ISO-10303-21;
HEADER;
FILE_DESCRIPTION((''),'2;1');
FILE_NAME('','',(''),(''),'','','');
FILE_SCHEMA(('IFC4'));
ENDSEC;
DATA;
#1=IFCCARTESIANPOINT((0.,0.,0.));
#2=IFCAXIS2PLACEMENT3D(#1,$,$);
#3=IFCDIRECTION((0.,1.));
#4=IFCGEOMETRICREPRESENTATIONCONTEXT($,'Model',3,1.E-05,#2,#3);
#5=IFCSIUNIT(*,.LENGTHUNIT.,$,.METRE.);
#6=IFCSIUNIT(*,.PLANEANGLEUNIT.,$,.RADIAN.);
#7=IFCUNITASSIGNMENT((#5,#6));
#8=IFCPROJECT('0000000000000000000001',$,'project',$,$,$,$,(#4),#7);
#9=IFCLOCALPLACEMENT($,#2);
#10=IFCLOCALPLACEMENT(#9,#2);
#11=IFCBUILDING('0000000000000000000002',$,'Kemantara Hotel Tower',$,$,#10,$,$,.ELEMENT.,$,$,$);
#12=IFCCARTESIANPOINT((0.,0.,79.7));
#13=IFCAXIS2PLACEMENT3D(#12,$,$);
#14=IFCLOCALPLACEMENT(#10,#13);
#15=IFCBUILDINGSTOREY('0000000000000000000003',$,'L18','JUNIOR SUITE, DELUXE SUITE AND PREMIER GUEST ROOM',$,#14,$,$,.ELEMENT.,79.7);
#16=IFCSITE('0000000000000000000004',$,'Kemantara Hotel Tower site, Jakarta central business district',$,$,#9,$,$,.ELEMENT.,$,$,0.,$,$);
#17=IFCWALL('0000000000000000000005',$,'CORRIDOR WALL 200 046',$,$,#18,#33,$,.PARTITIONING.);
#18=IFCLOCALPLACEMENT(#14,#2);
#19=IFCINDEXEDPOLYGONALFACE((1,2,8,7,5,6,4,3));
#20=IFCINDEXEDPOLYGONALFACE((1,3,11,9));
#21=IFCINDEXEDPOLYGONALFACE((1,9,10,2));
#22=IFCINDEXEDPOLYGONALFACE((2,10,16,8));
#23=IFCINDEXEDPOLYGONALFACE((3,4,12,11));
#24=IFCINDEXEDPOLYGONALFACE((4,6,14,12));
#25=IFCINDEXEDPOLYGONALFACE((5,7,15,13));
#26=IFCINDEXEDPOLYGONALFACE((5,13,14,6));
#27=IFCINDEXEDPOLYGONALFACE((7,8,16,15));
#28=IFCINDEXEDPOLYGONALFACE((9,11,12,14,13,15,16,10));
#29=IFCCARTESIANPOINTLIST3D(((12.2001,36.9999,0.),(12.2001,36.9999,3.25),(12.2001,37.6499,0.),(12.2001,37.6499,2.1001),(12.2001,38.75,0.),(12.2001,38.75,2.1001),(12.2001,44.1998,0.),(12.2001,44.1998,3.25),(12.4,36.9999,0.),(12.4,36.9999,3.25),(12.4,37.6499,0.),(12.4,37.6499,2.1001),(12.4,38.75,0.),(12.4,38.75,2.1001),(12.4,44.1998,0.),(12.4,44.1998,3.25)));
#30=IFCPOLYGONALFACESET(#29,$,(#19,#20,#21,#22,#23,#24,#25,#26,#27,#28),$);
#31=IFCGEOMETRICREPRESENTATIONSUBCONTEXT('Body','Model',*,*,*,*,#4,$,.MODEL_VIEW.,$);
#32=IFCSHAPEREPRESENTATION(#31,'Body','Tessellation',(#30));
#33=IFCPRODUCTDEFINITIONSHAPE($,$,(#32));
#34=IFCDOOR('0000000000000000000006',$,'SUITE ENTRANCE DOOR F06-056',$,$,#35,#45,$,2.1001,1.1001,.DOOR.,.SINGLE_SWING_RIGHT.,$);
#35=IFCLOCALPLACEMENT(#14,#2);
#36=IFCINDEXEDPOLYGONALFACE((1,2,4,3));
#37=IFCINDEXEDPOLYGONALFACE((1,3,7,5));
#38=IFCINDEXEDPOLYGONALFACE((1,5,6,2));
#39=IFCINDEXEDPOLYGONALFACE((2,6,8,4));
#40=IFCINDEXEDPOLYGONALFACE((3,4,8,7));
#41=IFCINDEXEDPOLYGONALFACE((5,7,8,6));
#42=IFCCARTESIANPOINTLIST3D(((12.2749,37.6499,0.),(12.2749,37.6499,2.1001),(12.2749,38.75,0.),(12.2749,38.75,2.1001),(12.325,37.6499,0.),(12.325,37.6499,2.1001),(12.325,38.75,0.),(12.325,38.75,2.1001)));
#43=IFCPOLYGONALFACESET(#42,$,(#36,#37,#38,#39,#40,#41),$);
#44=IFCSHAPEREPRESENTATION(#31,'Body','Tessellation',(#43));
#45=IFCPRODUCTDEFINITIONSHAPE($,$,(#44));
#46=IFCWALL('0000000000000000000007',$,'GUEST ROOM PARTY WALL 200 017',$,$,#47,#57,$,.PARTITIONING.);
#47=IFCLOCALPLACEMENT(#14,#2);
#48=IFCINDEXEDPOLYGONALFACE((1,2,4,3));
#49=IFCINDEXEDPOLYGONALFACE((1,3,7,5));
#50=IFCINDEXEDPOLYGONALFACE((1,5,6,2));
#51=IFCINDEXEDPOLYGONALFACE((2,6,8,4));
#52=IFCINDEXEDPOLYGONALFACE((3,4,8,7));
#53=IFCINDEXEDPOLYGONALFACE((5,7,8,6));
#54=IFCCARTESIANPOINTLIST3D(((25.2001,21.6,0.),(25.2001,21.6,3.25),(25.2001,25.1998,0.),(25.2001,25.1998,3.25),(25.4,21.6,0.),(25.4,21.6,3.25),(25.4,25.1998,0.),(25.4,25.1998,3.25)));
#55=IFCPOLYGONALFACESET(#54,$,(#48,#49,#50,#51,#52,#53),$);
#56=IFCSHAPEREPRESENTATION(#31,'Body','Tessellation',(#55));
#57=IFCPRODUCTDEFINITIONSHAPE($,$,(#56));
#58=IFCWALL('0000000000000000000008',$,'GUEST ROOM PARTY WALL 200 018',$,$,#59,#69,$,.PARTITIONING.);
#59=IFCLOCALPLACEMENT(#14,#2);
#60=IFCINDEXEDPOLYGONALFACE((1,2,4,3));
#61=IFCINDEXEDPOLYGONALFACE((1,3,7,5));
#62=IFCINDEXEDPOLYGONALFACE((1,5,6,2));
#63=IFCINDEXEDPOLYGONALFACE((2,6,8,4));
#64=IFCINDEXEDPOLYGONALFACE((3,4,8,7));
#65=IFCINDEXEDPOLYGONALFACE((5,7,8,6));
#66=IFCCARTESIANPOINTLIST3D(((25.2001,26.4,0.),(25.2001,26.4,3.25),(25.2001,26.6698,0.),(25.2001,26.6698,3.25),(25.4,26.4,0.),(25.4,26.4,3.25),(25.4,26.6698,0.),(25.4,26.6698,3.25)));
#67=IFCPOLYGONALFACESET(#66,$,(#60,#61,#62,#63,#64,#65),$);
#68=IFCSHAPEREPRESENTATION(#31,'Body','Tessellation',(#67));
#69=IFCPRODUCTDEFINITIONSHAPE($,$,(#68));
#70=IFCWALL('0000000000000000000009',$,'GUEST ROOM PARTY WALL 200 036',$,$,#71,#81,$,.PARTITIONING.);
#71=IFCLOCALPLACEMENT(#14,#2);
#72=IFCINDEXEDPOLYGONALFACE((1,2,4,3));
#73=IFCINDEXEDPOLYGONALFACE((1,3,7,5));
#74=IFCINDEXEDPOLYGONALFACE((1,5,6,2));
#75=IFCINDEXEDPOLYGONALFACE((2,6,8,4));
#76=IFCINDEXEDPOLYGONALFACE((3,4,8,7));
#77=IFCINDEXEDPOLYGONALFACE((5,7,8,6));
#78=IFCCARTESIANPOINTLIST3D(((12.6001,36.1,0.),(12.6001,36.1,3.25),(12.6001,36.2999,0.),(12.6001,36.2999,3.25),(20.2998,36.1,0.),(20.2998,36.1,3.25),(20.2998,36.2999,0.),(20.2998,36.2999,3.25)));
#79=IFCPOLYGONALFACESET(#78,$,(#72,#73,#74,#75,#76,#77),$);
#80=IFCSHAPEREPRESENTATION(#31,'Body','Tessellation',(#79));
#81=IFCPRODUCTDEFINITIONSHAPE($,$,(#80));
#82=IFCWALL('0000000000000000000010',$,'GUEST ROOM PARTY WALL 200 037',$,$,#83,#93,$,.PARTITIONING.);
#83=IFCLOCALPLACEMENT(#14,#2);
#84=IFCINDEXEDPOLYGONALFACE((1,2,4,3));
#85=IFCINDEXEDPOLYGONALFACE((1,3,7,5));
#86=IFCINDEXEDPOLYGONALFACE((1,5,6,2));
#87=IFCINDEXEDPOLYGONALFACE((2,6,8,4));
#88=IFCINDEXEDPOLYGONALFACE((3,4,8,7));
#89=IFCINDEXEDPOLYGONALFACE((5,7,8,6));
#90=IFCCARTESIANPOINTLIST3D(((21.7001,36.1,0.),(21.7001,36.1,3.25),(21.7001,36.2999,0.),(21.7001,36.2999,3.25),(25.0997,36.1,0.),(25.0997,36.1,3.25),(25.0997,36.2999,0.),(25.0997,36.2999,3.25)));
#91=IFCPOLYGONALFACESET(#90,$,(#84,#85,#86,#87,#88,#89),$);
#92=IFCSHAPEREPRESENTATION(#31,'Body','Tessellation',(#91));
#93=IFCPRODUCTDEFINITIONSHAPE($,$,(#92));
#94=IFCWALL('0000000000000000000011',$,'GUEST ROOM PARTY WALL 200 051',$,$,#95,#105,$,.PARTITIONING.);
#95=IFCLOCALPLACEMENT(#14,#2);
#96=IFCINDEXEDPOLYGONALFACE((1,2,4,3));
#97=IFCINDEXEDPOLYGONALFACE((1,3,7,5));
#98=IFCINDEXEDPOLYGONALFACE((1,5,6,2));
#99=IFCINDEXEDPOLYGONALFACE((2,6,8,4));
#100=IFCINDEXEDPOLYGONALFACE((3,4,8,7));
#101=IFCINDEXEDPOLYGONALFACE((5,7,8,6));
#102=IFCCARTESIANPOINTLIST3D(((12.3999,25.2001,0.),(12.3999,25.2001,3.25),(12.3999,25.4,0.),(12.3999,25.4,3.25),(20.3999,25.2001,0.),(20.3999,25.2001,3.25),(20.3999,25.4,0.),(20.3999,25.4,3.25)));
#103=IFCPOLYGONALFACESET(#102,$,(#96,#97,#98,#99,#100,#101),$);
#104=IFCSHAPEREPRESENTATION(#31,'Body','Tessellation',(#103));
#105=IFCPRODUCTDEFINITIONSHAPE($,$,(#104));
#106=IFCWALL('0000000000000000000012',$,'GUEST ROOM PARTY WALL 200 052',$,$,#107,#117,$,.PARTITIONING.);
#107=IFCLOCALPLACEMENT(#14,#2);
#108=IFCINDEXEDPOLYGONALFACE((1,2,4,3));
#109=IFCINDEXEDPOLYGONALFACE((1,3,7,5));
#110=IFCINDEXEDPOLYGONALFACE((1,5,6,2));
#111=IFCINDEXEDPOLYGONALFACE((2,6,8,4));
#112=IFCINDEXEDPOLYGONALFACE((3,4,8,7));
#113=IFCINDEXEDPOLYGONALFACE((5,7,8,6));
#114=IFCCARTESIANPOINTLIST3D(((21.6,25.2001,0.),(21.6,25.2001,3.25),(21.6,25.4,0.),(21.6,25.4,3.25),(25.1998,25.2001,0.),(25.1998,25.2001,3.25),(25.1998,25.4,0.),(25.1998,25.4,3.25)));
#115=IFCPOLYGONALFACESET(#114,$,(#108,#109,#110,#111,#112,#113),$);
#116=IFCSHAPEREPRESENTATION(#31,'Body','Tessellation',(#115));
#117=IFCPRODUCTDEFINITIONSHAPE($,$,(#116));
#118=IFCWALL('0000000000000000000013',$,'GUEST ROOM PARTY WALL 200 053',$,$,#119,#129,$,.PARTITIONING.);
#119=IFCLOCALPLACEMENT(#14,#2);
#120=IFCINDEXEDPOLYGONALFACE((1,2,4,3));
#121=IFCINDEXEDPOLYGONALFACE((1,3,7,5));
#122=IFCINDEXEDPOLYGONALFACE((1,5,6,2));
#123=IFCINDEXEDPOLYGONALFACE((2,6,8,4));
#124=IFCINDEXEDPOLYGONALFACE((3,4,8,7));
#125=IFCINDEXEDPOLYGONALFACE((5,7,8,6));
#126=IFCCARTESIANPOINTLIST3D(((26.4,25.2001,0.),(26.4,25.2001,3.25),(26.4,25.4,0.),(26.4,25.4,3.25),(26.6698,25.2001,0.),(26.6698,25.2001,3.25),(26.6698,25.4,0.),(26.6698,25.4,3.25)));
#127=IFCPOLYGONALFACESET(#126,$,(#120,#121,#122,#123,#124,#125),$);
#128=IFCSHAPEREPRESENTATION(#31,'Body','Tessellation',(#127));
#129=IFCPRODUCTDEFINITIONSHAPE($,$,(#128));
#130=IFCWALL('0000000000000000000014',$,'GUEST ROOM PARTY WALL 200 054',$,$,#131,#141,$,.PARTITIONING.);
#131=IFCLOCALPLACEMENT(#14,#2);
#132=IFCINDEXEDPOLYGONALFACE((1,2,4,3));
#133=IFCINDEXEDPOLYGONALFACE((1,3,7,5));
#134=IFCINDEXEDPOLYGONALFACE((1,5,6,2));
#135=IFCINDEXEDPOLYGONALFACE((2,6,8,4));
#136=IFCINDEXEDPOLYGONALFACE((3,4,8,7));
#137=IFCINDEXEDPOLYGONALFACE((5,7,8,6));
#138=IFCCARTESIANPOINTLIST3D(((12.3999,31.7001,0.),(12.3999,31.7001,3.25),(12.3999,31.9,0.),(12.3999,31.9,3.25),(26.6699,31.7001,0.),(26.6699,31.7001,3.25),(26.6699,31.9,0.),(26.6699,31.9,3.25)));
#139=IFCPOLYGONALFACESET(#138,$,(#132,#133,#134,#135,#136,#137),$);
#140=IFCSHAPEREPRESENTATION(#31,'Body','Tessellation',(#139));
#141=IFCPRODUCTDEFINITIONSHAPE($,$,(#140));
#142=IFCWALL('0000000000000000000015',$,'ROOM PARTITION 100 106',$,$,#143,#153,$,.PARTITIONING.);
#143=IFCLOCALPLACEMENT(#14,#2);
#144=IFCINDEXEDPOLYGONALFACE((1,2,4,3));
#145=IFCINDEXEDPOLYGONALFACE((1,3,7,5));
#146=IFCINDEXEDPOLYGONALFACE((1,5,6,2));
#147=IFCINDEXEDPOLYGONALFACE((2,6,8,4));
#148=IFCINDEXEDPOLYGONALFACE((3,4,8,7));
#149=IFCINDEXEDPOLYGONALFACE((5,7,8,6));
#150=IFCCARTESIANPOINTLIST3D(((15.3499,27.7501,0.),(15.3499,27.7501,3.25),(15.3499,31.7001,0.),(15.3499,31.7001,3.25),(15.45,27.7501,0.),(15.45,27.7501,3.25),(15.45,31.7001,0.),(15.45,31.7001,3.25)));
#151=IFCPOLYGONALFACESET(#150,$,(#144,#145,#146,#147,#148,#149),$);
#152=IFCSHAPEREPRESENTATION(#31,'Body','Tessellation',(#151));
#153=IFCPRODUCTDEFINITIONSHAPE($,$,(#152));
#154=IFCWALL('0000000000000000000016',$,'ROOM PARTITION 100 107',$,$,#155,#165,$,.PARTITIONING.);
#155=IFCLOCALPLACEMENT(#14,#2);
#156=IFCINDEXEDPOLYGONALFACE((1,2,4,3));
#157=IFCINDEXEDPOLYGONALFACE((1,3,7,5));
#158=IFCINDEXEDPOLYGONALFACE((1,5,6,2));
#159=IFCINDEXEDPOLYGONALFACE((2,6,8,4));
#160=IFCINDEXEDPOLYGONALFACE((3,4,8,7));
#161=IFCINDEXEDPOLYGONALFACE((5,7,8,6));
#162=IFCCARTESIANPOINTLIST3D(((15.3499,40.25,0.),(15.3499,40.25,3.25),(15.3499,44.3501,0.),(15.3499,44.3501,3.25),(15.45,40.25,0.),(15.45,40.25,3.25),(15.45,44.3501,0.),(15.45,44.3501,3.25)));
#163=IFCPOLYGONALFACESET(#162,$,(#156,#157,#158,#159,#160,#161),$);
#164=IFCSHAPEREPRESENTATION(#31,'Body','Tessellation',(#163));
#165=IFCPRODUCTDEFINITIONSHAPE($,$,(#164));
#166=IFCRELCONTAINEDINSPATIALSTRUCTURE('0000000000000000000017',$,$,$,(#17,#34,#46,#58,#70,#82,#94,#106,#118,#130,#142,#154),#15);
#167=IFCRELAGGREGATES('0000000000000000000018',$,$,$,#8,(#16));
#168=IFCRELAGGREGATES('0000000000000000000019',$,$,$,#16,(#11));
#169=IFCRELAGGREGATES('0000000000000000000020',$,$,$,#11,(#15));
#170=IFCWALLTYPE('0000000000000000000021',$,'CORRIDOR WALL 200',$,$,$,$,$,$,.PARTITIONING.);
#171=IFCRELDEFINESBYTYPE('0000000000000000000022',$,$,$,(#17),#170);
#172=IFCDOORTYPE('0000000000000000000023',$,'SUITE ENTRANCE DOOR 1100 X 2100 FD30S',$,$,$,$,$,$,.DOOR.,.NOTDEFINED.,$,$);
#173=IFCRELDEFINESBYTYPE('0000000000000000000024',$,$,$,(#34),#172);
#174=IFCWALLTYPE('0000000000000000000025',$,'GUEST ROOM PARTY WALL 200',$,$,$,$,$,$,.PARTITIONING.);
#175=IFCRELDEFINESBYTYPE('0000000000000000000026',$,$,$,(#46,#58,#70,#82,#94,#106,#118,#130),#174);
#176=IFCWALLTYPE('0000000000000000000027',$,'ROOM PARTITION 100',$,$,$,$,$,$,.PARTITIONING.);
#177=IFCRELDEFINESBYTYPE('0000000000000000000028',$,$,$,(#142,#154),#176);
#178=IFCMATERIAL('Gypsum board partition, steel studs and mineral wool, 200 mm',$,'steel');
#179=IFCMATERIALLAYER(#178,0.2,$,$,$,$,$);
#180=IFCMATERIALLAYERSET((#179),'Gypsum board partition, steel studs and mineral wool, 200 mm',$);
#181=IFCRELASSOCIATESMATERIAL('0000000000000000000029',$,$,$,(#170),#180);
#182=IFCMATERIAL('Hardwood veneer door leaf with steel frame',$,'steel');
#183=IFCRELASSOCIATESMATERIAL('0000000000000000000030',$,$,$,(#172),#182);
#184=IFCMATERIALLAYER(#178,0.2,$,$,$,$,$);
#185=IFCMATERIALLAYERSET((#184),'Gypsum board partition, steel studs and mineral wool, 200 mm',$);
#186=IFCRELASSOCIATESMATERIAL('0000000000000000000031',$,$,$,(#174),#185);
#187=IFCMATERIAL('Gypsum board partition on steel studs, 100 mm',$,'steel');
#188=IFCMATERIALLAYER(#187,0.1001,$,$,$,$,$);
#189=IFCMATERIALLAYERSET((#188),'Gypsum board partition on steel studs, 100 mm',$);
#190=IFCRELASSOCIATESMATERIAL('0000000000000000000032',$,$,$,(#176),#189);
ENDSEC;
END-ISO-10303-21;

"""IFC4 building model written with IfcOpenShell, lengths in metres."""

from ifc_helpers import new_model, si_unit, direction, frame, frame_2d, origin, place, context, subcontext, project, spatial, rectangle, extrude, material, layer, layer_set, type_object, element, fill, save


model = new_model("IFC4")

# Units and contexts
model_context = context("Model", 3, precision=1e-05, world=origin(), true_north=direction((0.0, 1.0)))
body_context = subcontext(model_context, "Body", "Model", "MODEL_VIEW")
ifc_project = project(units=[si_unit("LENGTHUNIT", "METRE"), si_unit("PLANEANGLEUNIT", "RADIAN")], contexts=[model_context])

# Site, building, storey
site_placement = place(None, origin())
site = spatial("IfcSite", under=ifc_project, at=site_placement, Name="Kemantara Hotel Tower site, Jakarta central business district", CompositionType="ELEMENT", RefElevation=0.0)
building_placement = place(site_placement, origin())
building = spatial("IfcBuilding", under=site, at=building_placement, Name="Kemantara Hotel Tower", CompositionType="ELEMENT")
storey_placement = place(building_placement, frame((0.0, 0.0, 79.7)))
storey = spatial("IfcBuildingStorey", under=building, at=storey_placement, Name="L18", Description="JUNIOR SUITE, DELUXE SUITE AND PREMIER GUEST ROOM", CompositionType="ELEMENT", Elevation=79.7)

# Wall, opening, door
ifc_material_1 = material(Name="Gypsum board partition, steel studs and mineral wool, 200 mm", Category="steel")
ifc_layer_1 = layer(ifc_material_1, 0.2)
ifc_layer_set_1 = layer_set([ifc_layer_1], Name="Gypsum board partition, steel studs and mineral wool, 200 mm")
wall_type_1 = type_object("IfcWallType", Name="CORRIDOR WALL 200", PredefinedType="PARTITIONING", material=ifc_layer_set_1)
ifc_material_2 = material(Name="Hardwood veneer door leaf with steel frame", Category="steel")
door_type_1 = type_object("IfcDoorType", Name="SUITE ENTRANCE DOOR 1100 X 2100 FD30S", OperationType="NOTDEFINED", PredefinedType="DOOR", material=ifc_material_2)
wall_1_placement = place(storey_placement, frame((12.3, 44.2, 0.0), z_axis=(0.0, 0.0, 1.0), x_axis=(0.0, -1.0, 0.0)))
wall_1 = element("IfcWall", 1, at=wall_1_placement, inside=storey, type_object=wall_type_1, Name="CORRIDOR WALL 200 046", PredefinedType="PARTITIONING", context=body_context, shape_type="SweptSolid", body=[
    extrude(rectangle(XDim=7.2, YDim=0.2, at=frame_2d((3.6001, 0.0))), origin(), (0.0, 0.0, 1.0), 3.25),
])
opening_1_placement = place(wall_1_placement, frame((5.45, 0.0, 0.0)))
opening_1 = element("IfcOpeningElement", 2, at=opening_1_placement, cuts=wall_1, PredefinedType="OPENING", context=body_context, shape_type="SweptSolid", body=[
    extrude(rectangle(XDim=1.1001, YDim=2.1001, at=frame_2d((0.55, 1.05))), frame((0.0, 0.1099, 0.0), z_axis=(0.0, -1.0, 0.0), x_axis=(1.0, 0.0, 0.0)), (0.0, 0.0, 1.0), 0.22),
])
door_1_placement = place(opening_1_placement, origin())
door_1 = element("IfcDoor", 3, at=door_1_placement, inside=storey, type_object=door_type_1, Name="SUITE ENTRANCE DOOR F06-056", OperationType="SINGLE_SWING_RIGHT", OverallHeight=2.1001, OverallWidth=1.1001, PredefinedType="DOOR", context=body_context, shape_type="SweptSolid", body=[
    extrude(rectangle(XDim=1.1001, YDim=2.1001, at=frame_2d((0.55, 1.05))), frame((0.0, 0.0249, 0.0), z_axis=(0.0, -1.0, 0.0), x_axis=(1.0, 0.0, 0.0)), (0.0, 0.0, 1.0), 0.05),
])
fill(opening_1, door_1)

# Walls
ifc_layer_2 = layer(ifc_material_1, 0.2)
ifc_layer_set_2 = layer_set([ifc_layer_2], Name="Gypsum board partition, steel studs and mineral wool, 200 mm")
wall_type_2 = type_object("IfcWallType", Name="GUEST ROOM PARTY WALL 200", PredefinedType="PARTITIONING", material=ifc_layer_set_2)
wall_2_placement = place(storey_placement, frame((25.3, 21.6001, 0.0), z_axis=(0.0, 0.0, 1.0), x_axis=(0.0, 1.0, 0.0)))
element("IfcWall", 4, at=wall_2_placement, inside=storey, type_object=wall_type_2, Name="GUEST ROOM PARTY WALL 200 017", PredefinedType="PARTITIONING", context=body_context, shape_type="SweptSolid", body=[
    extrude(rectangle(XDim=3.5999, YDim=0.2, at=frame_2d((1.7998, 0.0))), origin(), (0.0, 0.0, 1.0), 3.25),
])
wall_3_placement = place(storey_placement, frame((25.3, 26.4001, 0.0), z_axis=(0.0, 0.0, 1.0), x_axis=(0.0, 1.0, 0.0)))
element("IfcWall", 5, at=wall_3_placement, inside=storey, type_object=wall_type_2, Name="GUEST ROOM PARTY WALL 200 018", PredefinedType="PARTITIONING", context=body_context, shape_type="SweptSolid", body=[
    extrude(rectangle(XDim=0.2698, YDim=0.2, at=frame_2d((0.1348, 0.0))), origin(), (0.0, 0.0, 1.0), 3.25),
])
wall_4_placement = place(storey_placement, frame((12.6001, 36.2, 0.0), z_axis=(0.0, 0.0, 1.0), x_axis=(1.0, 0.0, 0.0)))
element("IfcWall", 6, at=wall_4_placement, inside=storey, type_object=wall_type_2, Name="GUEST ROOM PARTY WALL 200 036", PredefinedType="PARTITIONING", context=body_context, shape_type="SweptSolid", body=[
    extrude(rectangle(XDim=7.6997, YDim=0.2, at=frame_2d((3.8499, 0.0))), origin(), (0.0, 0.0, 1.0), 3.25),
])
wall_5_placement = place(storey_placement, frame((21.7002, 36.2, 0.0), z_axis=(0.0, 0.0, 1.0), x_axis=(1.0, 0.0, 0.0)))
element("IfcWall", 7, at=wall_5_placement, inside=storey, type_object=wall_type_2, Name="GUEST ROOM PARTY WALL 200 037", PredefinedType="PARTITIONING", context=body_context, shape_type="SweptSolid", body=[
    extrude(rectangle(XDim=3.3997, YDim=0.2, at=frame_2d((1.6997, 0.0))), origin(), (0.0, 0.0, 1.0), 3.25),
])
wall_6_placement = place(storey_placement, frame((12.3999, 25.3, 0.0), z_axis=(0.0, 0.0, 1.0), x_axis=(1.0, 0.0, 0.0)))
element("IfcWall", 8, at=wall_6_placement, inside=storey, type_object=wall_type_2, Name="GUEST ROOM PARTY WALL 200 051", PredefinedType="PARTITIONING", context=body_context, shape_type="SweptSolid", body=[
    extrude(rectangle(XDim=8.0, YDim=0.2, at=frame_2d((4.0, 0.0))), origin(), (0.0, 0.0, 1.0), 3.25),
])
wall_7_placement = place(storey_placement, frame((21.6001, 25.3, 0.0), z_axis=(0.0, 0.0, 1.0), x_axis=(1.0, 0.0, 0.0)))
element("IfcWall", 9, at=wall_7_placement, inside=storey, type_object=wall_type_2, Name="GUEST ROOM PARTY WALL 200 052", PredefinedType="PARTITIONING", context=body_context, shape_type="SweptSolid", body=[
    extrude(rectangle(XDim=3.5999, YDim=0.2, at=frame_2d((1.7998, 0.0))), origin(), (0.0, 0.0, 1.0), 3.25),
])
wall_8_placement = place(storey_placement, frame((26.4001, 25.3, 0.0), z_axis=(0.0, 0.0, 1.0), x_axis=(1.0, 0.0, 0.0)))
element("IfcWall", 10, at=wall_8_placement, inside=storey, type_object=wall_type_2, Name="GUEST ROOM PARTY WALL 200 053", PredefinedType="PARTITIONING", context=body_context, shape_type="SweptSolid", body=[
    extrude(rectangle(XDim=0.2698, YDim=0.2, at=frame_2d((0.1348, 0.0))), origin(), (0.0, 0.0, 1.0), 3.25),
])
wall_9_placement = place(storey_placement, frame((12.3999, 31.8, 0.0), z_axis=(0.0, 0.0, 1.0), x_axis=(1.0, 0.0, 0.0)))
element("IfcWall", 11, at=wall_9_placement, inside=storey, type_object=wall_type_2, Name="GUEST ROOM PARTY WALL 200 054", PredefinedType="PARTITIONING", context=body_context, shape_type="SweptSolid", body=[
    extrude(rectangle(XDim=14.27, YDim=0.2, at=frame_2d((7.135, 0.0))), origin(), (0.0, 0.0, 1.0), 3.25),
])
ifc_material_3 = material(Name="Gypsum board partition on steel studs, 100 mm", Category="steel")
ifc_layer_3 = layer(ifc_material_3, 0.1001)
ifc_layer_set_3 = layer_set([ifc_layer_3], Name="Gypsum board partition on steel studs, 100 mm")
wall_type_3 = type_object("IfcWallType", Name="ROOM PARTITION 100", PredefinedType="PARTITIONING", material=ifc_layer_set_3)
wall_10_placement = place(storey_placement, frame((15.3999, 27.75, 0.0), z_axis=(0.0, 0.0, 1.0), x_axis=(0.0, 1.0, 0.0)))
element("IfcWall", 12, at=wall_10_placement, inside=storey, type_object=wall_type_3, Name="ROOM PARTITION 100 106", PredefinedType="PARTITIONING", context=body_context, shape_type="SweptSolid", body=[
    extrude(rectangle(XDim=3.95, YDim=0.1001, at=frame_2d((1.9751, 0.0))), origin(), (0.0, 0.0, 1.0), 3.25),
])
wall_11_placement = place(storey_placement, frame((15.3999, 40.25, 0.0), z_axis=(0.0, 0.0, 1.0), x_axis=(0.0, 1.0, 0.0)))
element("IfcWall", 13, at=wall_11_placement, inside=storey, type_object=wall_type_3, Name="ROOM PARTITION 100 107", PredefinedType="PARTITIONING", context=body_context, shape_type="SweptSolid", body=[
    extrude(rectangle(XDim=4.1001, YDim=0.1001, at=frame_2d((2.05, 0.0))), origin(), (0.0, 0.0, 1.0), 3.25),
])

save(model, "model.ifc")
